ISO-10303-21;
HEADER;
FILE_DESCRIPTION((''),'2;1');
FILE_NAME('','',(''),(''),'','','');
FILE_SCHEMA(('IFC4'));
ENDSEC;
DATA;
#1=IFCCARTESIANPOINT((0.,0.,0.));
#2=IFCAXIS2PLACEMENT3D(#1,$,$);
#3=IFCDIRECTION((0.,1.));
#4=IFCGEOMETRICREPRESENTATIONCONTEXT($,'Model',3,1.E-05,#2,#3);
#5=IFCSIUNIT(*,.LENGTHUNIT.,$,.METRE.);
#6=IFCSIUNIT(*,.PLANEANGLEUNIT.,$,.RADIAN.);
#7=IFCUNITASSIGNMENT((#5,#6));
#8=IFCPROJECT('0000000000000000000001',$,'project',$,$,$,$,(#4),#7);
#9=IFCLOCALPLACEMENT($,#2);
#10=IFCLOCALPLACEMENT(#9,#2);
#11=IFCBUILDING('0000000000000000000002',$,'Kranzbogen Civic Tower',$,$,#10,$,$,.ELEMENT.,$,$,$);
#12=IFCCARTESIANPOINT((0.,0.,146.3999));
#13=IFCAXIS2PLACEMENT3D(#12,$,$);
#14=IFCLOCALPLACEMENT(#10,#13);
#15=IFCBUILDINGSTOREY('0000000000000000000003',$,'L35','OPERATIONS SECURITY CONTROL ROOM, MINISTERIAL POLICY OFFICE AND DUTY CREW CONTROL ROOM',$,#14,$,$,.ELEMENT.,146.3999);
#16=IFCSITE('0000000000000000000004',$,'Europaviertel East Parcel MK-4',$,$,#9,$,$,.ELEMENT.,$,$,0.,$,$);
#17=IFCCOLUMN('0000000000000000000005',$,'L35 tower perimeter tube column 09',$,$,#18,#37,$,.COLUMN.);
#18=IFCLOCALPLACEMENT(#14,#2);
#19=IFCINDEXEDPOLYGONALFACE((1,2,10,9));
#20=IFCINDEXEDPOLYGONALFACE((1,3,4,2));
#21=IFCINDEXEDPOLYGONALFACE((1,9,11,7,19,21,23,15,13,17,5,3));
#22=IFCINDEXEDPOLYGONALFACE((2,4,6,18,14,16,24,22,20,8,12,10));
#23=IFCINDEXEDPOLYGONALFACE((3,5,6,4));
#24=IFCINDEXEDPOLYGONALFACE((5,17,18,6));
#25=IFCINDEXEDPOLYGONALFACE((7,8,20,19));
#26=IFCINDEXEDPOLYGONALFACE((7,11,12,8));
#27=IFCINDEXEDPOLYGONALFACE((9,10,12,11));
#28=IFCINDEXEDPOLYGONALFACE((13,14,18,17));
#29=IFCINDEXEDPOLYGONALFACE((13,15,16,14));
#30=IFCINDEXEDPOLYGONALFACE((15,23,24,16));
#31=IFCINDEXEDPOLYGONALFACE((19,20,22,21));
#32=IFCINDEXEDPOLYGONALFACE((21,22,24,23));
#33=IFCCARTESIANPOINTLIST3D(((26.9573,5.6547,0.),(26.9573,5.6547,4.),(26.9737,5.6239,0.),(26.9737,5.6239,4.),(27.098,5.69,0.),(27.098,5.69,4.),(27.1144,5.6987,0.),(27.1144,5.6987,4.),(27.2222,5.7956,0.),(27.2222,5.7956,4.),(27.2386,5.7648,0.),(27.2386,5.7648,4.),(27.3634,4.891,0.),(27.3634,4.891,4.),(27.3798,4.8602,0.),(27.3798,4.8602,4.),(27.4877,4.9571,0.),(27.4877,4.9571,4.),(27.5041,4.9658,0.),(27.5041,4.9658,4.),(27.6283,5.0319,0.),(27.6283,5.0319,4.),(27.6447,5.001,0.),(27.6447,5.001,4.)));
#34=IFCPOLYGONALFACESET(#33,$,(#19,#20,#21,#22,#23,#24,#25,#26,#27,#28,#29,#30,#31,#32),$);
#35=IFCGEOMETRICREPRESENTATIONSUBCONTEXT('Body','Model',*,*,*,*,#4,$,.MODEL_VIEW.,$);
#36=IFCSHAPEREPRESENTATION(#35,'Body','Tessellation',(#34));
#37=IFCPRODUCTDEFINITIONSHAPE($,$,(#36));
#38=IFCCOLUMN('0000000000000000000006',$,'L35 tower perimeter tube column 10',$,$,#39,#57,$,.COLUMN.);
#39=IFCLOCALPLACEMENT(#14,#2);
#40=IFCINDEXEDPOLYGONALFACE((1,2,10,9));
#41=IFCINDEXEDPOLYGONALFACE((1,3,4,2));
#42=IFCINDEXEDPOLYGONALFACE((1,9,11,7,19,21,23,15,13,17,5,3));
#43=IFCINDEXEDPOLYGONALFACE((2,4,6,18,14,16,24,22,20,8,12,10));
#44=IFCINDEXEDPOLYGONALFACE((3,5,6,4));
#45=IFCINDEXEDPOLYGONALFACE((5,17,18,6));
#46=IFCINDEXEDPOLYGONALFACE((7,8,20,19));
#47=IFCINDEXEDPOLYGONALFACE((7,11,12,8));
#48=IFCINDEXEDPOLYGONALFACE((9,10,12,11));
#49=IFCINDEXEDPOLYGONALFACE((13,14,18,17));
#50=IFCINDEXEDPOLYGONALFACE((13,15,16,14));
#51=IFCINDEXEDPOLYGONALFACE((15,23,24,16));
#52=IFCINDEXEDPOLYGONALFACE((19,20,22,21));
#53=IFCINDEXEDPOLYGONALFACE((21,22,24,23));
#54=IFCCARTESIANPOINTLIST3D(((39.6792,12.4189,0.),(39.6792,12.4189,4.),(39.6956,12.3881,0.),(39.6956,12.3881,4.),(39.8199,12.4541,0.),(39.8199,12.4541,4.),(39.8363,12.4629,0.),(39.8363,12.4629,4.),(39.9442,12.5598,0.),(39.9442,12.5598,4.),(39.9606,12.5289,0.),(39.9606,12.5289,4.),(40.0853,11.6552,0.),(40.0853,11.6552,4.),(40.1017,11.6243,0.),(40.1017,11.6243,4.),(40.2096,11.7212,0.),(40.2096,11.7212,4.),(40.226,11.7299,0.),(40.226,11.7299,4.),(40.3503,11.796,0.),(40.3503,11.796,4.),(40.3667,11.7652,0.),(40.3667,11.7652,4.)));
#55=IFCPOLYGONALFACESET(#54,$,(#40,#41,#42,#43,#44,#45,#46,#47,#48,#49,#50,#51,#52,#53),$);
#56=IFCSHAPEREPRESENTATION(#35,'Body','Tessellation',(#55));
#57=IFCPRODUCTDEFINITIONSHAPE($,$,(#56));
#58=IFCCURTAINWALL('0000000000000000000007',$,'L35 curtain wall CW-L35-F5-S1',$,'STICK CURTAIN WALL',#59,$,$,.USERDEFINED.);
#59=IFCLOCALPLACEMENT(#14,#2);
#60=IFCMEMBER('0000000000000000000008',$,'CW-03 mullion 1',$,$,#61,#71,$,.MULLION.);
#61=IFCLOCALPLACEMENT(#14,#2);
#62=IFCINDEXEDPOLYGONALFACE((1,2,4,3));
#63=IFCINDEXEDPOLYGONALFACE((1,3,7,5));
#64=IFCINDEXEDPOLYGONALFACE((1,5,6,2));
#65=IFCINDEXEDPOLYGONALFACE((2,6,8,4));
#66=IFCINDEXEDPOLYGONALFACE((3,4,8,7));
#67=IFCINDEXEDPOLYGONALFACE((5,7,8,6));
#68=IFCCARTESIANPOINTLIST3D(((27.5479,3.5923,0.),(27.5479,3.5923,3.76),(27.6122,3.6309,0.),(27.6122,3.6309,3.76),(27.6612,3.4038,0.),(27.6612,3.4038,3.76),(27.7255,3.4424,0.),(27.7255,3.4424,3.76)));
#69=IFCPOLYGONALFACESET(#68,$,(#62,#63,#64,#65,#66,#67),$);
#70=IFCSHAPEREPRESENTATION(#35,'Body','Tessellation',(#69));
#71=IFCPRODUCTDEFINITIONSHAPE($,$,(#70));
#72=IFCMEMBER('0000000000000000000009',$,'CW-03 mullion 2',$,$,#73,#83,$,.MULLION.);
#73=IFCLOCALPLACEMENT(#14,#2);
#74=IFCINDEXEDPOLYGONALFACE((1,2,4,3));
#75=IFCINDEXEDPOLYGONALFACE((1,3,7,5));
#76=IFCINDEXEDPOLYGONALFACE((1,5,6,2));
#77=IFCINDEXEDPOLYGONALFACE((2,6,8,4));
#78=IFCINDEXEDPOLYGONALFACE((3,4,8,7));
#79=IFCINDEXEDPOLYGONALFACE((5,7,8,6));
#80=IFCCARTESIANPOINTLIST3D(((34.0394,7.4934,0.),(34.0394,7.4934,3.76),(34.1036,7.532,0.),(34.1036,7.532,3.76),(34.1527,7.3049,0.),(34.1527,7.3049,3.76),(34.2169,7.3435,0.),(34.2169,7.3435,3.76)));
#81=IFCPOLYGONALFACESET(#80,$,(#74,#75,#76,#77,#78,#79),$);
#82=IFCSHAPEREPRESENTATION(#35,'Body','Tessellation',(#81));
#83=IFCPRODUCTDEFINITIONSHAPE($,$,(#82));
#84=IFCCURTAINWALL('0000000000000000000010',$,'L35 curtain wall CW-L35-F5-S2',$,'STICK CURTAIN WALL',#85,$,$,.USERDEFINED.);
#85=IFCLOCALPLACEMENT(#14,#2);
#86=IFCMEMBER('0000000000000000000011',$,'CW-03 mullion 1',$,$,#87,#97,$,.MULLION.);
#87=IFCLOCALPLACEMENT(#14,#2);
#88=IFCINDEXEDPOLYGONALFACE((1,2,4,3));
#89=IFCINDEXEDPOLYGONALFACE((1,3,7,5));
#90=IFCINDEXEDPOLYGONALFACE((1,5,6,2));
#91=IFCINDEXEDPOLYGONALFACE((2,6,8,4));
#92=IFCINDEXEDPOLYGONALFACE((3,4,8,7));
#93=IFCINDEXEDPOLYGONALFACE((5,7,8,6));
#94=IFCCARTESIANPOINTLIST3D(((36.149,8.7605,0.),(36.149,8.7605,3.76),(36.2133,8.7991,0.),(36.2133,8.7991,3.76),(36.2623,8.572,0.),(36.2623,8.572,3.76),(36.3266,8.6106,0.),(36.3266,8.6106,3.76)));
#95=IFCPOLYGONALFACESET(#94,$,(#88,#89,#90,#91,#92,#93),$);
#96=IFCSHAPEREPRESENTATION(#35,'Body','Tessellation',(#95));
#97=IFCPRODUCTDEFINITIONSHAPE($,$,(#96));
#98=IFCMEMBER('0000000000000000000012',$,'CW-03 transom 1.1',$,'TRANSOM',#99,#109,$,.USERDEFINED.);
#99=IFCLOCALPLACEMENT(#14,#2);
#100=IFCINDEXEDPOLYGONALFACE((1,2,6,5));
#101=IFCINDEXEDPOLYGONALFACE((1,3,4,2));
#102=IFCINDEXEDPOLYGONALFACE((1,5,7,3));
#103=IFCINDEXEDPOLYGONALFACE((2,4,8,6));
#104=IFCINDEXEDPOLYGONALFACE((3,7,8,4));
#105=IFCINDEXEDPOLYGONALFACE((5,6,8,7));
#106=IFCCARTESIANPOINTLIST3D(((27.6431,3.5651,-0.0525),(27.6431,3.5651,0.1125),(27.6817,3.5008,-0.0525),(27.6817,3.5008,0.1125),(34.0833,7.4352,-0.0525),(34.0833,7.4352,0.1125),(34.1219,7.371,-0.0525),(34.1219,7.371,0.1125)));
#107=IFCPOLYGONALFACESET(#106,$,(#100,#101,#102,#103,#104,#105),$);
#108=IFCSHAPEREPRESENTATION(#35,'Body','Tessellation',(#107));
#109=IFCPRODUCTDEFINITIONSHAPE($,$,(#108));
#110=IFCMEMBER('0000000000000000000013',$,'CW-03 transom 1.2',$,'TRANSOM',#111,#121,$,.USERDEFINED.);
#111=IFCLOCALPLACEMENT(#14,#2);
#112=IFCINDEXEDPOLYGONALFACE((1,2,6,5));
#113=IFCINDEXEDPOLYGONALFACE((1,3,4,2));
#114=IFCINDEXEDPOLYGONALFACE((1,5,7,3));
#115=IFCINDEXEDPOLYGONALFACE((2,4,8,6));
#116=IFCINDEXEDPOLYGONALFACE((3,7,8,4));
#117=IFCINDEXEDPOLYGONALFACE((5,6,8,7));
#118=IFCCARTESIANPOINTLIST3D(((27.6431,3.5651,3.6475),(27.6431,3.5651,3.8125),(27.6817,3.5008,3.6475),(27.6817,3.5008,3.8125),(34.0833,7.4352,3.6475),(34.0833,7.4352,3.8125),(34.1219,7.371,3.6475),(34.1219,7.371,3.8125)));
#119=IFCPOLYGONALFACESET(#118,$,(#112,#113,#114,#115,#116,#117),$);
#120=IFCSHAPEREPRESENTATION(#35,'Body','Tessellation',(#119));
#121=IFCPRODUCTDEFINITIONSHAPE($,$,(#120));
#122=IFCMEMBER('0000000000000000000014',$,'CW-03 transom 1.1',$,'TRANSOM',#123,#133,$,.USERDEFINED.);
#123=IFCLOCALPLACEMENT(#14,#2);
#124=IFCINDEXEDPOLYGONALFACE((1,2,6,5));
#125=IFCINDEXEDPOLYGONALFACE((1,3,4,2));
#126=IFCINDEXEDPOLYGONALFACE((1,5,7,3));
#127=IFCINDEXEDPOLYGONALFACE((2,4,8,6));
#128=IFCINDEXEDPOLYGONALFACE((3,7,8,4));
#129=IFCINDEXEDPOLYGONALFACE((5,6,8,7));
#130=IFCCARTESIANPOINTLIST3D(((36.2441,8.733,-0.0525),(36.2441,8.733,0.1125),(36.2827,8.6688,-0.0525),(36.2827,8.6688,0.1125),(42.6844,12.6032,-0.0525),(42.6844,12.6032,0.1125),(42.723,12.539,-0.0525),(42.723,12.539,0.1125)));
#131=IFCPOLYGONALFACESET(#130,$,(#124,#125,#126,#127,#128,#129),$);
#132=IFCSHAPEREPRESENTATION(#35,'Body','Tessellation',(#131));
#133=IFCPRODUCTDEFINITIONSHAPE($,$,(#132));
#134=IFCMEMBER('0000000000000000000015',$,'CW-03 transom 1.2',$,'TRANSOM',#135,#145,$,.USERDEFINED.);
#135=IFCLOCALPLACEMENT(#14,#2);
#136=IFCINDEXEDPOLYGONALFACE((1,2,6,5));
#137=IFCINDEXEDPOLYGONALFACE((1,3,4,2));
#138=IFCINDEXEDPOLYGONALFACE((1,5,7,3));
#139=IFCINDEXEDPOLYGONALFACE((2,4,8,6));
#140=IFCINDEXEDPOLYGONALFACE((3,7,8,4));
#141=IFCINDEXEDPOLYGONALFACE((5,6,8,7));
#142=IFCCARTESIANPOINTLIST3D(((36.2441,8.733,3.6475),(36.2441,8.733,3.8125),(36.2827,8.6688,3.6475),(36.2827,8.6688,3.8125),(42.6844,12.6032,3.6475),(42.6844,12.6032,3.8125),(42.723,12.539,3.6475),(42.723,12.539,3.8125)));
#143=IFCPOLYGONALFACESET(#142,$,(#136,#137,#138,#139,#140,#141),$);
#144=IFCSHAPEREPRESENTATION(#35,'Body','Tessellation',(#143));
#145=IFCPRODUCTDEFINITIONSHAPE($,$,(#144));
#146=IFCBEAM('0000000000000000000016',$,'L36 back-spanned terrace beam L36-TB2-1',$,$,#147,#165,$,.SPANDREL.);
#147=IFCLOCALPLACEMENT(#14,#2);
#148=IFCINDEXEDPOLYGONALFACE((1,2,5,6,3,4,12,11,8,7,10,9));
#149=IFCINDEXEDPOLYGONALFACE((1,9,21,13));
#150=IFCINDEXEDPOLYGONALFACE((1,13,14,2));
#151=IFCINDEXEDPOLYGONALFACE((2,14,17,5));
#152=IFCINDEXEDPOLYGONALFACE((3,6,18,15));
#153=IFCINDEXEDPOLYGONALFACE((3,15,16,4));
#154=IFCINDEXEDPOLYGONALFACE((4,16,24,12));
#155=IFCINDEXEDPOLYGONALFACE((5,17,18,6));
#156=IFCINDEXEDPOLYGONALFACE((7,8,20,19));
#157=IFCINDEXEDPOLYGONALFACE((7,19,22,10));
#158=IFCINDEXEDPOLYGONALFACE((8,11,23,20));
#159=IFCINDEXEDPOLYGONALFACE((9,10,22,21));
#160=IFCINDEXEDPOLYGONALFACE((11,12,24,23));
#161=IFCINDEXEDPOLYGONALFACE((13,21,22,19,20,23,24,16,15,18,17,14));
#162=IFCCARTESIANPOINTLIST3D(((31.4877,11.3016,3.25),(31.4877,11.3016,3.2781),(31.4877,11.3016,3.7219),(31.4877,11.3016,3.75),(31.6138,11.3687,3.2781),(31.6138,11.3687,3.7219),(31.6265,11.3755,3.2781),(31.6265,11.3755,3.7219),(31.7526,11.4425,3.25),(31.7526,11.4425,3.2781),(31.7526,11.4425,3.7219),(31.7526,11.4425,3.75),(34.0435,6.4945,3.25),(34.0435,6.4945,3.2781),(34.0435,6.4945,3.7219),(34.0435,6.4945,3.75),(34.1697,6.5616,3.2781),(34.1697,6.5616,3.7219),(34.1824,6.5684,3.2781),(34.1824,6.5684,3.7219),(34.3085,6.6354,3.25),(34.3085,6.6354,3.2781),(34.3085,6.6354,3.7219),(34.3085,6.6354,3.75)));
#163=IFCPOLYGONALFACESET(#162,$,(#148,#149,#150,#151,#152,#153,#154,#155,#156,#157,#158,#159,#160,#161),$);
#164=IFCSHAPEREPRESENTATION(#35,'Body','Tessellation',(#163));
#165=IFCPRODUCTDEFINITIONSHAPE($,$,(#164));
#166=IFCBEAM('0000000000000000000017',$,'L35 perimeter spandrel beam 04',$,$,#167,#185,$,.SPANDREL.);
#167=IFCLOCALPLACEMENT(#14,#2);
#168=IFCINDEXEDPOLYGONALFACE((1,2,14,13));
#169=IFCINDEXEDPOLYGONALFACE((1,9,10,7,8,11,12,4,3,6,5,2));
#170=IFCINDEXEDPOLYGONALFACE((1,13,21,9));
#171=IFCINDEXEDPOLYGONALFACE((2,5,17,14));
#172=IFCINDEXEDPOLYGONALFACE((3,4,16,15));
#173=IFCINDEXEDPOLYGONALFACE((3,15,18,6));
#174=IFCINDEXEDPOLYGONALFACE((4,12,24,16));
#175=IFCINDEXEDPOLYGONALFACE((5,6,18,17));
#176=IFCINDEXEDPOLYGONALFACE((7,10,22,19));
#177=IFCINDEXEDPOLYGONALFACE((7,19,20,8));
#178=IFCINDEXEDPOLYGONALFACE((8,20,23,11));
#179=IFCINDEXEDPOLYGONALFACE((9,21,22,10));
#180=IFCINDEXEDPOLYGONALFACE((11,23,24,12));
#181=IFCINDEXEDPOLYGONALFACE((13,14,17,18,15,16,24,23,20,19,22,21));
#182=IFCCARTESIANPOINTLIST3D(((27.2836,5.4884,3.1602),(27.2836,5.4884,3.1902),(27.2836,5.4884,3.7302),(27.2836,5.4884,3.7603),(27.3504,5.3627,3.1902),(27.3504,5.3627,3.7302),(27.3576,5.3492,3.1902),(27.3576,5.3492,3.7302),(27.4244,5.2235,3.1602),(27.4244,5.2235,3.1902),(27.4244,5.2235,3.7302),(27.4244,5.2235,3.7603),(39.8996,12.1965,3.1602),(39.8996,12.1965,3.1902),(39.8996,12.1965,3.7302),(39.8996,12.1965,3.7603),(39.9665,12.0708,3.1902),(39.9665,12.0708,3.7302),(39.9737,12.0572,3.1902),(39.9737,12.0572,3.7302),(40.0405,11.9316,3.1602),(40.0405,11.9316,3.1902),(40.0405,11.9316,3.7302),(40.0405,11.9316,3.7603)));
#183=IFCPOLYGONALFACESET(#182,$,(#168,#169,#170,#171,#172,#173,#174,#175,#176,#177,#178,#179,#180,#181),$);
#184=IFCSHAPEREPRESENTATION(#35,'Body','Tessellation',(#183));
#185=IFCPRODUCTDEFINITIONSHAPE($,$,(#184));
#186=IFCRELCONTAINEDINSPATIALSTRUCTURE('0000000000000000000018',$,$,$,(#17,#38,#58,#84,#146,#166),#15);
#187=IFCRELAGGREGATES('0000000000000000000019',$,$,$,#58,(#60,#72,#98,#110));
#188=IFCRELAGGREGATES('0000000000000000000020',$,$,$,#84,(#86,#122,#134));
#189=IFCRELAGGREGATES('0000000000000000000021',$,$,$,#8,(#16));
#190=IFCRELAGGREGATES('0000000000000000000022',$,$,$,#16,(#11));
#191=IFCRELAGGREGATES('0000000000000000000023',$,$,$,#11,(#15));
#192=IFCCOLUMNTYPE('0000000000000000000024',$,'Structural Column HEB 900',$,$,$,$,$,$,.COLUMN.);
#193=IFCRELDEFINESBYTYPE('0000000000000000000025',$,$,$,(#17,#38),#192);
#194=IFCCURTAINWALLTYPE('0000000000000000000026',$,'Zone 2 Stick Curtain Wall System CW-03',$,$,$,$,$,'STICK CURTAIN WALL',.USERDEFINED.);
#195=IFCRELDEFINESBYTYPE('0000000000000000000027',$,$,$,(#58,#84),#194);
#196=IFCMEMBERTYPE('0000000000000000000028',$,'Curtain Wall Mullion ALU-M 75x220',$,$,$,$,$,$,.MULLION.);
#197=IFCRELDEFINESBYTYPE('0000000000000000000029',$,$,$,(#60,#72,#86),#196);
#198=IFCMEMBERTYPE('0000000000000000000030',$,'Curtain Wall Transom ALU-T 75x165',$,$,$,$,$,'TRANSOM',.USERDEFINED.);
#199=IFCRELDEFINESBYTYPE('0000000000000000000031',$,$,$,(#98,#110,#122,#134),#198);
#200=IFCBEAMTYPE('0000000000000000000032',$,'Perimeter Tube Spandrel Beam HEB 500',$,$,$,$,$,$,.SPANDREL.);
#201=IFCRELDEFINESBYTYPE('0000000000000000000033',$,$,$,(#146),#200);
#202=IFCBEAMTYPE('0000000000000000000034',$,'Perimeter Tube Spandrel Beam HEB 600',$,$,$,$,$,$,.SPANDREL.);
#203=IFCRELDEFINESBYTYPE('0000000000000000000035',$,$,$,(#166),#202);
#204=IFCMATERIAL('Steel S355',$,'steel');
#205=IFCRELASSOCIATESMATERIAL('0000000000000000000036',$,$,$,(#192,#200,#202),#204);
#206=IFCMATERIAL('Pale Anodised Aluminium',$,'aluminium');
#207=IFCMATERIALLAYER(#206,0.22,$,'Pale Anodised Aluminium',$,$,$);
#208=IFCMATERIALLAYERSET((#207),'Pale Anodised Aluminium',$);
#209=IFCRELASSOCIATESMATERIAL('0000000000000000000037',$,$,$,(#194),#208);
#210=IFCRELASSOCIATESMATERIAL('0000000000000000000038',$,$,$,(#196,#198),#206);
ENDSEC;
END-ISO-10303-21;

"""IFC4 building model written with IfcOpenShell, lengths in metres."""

from ifc_helpers import new_model, si_unit, direction, frame, origin, origin_2d, place, context, subcontext, project, spatial, rectangle, i_section, extrude, material, layer, layer_set, material_profile, profile_set, type_object, element, aggregate, save


model = new_model("IFC4")

# Units and contexts
model_context = context("Model", 3, precision=1e-05, world=origin(), true_north=direction((0.0, 1.0)))
body_context = subcontext(model_context, "Body", "Model", "MODEL_VIEW")
ifc_project = project(units=[si_unit("LENGTHUNIT", "METRE"), si_unit("PLANEANGLEUNIT", "RADIAN")], contexts=[model_context])

# Site, building, storey
site_placement = place(None, origin())
site = spatial("IfcSite", under=ifc_project, at=site_placement, Name="Europaviertel East Parcel MK-4", CompositionType="ELEMENT", RefElevation=0.0)
building_placement = place(site_placement, origin())
building = spatial("IfcBuilding", under=site, at=building_placement, Name="Kranzbogen Civic Tower", CompositionType="ELEMENT")
storey_placement = place(building_placement, frame((0.0, 0.0, 146.3999)))
storey = spatial("IfcBuildingStorey", under=building, at=storey_placement, Name="L35", Description="OPERATIONS SECURITY CONTROL ROOM, MINISTERIAL POLICY OFFICE AND DUTY CREW CONTROL ROOM", CompositionType="ELEMENT", Elevation=146.3999)

# Columns
ifc_material_1 = material(Name="Steel S355", Category="steel")
ifc_material_profile_1 = material_profile(ifc_material_1, i_section(OverallWidth=0.3, OverallDepth=0.8999, WebThickness=0.0186, FlangeThickness=0.0349, at=origin_2d()), Name="HEB 900")
ifc_profile_set_1 = profile_set([ifc_material_profile_1], Name="Steel S355")
column_type = type_object("IfcColumnType", Name="Structural Column HEB 900", PredefinedType="COLUMN", material=ifc_profile_set_1)
for number, where, z_axis, x_axis, name in (
    (1, (27.301, 5.3279, 0.0), (0.0, 0.0, 1.0), (0.882948, 0.469472, 0.0), "L35 tower perimeter tube column 09"),
    (2, (40.0229, 12.092, 0.0), (0.0, 0.0, 1.0), (0.882948, 0.469472, 0.0), "L35 tower perimeter tube column 10"),
):
    element("IfcColumn", number, at=place(storey_placement, frame(where, z_axis=z_axis, x_axis=x_axis)), inside=storey, type_object=column_type, Name=name, PredefinedType="COLUMN", context=body_context, shape_type="SweptSolid", body=[
        extrude(i_section(OverallWidth=0.3, OverallDepth=0.8999, WebThickness=0.0186, FlangeThickness=0.0349, at=origin_2d()), origin(), (0.0, 0.0, 1.0), 4.0),
    ])

# Curtain wall, members
ifc_material_2 = material(Name="Pale Anodised Aluminium", Category="aluminium")
ifc_layer_1 = layer(ifc_material_2, 0.22, Name="Pale Anodised Aluminium")
ifc_layer_set_1 = layer_set([ifc_layer_1], Name="Pale Anodised Aluminium")
curtain_wall_type = type_object("IfcCurtainWallType", Name="Zone 2 Stick Curtain Wall System CW-03", ElementType="STICK CURTAIN WALL", PredefinedType="USERDEFINED", material=ifc_layer_set_1)
curtain_wall_1_placement = place(storey_placement, origin())
curtain_wall_1 = element("IfcCurtainWall", 3, at=curtain_wall_1_placement, inside=storey, type_object=curtain_wall_type, Name="L35 curtain wall CW-L35-F5-S1", ObjectType="STICK CURTAIN WALL", PredefinedType="USERDEFINED")
ifc_material_profile_2 = material_profile(ifc_material_2, rectangle(XDim=0.075, YDim=0.22, at=origin_2d()), Name="ALU-M 75x220")
ifc_profile_set_2 = profile_set([ifc_material_profile_2], Name="Pale Anodised Aluminium")
member_type_1 = type_object("IfcMemberType", Name="Curtain Wall Mullion ALU-M 75x220", PredefinedType="MULLION", material=ifc_profile_set_2)
member_1_placement = place(storey_placement, frame((27.6367, 3.5173, 0.0), z_axis=(0.0, 0.0, 1.0), x_axis=(0.857134, 0.515093, 0.0)))
member_1 = element("IfcMember", 4, at=member_1_placement, type_object=member_type_1, Name="CW-03 mullion 1", PredefinedType="MULLION", context=body_context, shape_type="SweptSolid", body=[
    extrude(rectangle(XDim=0.075, YDim=0.22, at=origin_2d()), origin(), (0.0, 0.0, 1.0), 3.76),
])
member_2_placement = place(storey_placement, frame((34.1282, 7.4185, 0.0), z_axis=(0.0, 0.0, 1.0), x_axis=(0.857134, 0.515093, 0.0)))
member_2 = element("IfcMember", 5, at=member_2_placement, type_object=member_type_1, Name="CW-03 mullion 2", PredefinedType="MULLION", context=body_context, shape_type="SweptSolid", body=[
    extrude(rectangle(XDim=0.075, YDim=0.22, at=origin_2d()), origin(), (0.0, 0.0, 1.0), 3.76),
])

# Curtain wall, member
curtain_wall_2_placement = place(storey_placement, origin())
curtain_wall_2 = element("IfcCurtainWall", 6, at=curtain_wall_2_placement, inside=storey, type_object=curtain_wall_type, Name="L35 curtain wall CW-L35-F5-S2", ObjectType="STICK CURTAIN WALL", PredefinedType="USERDEFINED")
member_3_placement = place(storey_placement, frame((36.2378, 8.6855, 0.0), z_axis=(0.0, 0.0, 1.0), x_axis=(0.857134, 0.515093, 0.0)))
member_3 = element("IfcMember", 7, at=member_3_placement, type_object=member_type_1, Name="CW-03 mullion 1", PredefinedType="MULLION", context=body_context, shape_type="SweptSolid", body=[
    extrude(rectangle(XDim=0.075, YDim=0.22, at=origin_2d()), origin(), (0.0, 0.0, 1.0), 3.76),
])

# Members
ifc_material_profile_3 = material_profile(ifc_material_2, rectangle(XDim=0.075, YDim=0.165, at=origin_2d()), Name="ALU-T 75x165")
ifc_profile_set_3 = profile_set([ifc_material_profile_3], Name="Pale Anodised Aluminium")
member_type_2 = type_object("IfcMemberType", Name="Curtain Wall Transom ALU-T 75x165", ElementType="TRANSOM", PredefinedType="USERDEFINED", material=ifc_profile_set_3)
member_4_placement = place(storey_placement, frame((27.6624, 3.533, 0.03), z_axis=(0.85714, 0.515083, 0.0), x_axis=(-0.515083, 0.85714, 0.0)))
member_4 = element("IfcMember", 8, at=member_4_placement, type_object=member_type_2, Name="CW-03 transom 1.1", ObjectType="TRANSOM", PredefinedType="USERDEFINED", context=body_context, shape_type="SweptSolid", body=[
    extrude(rectangle(XDim=0.075, YDim=0.165, at=origin_2d()), origin(), (0.0, 0.0, 1.0), 7.5137),
])
member_5_placement = place(storey_placement, frame((27.6624, 3.533, 3.73), z_axis=(0.85714, 0.515083, 0.0), x_axis=(-0.515083, 0.85714, 0.0)))
member_5 = element("IfcMember", 9, at=member_5_placement, type_object=member_type_2, Name="CW-03 transom 1.2", ObjectType="TRANSOM", PredefinedType="USERDEFINED", context=body_context, shape_type="SweptSolid", body=[
    extrude(rectangle(XDim=0.075, YDim=0.165, at=origin_2d()), origin(), (0.0, 0.0, 1.0), 7.5137),
])
member_6_placement = place(storey_placement, frame((36.2634, 8.7009, 0.03), z_axis=(0.85714, 0.515083, 0.0), x_axis=(-0.515083, 0.85714, 0.0)))
member_6 = element("IfcMember", 10, at=member_6_placement, type_object=member_type_2, Name="CW-03 transom 1.1", ObjectType="TRANSOM", PredefinedType="USERDEFINED", context=body_context, shape_type="SweptSolid", body=[
    extrude(rectangle(XDim=0.075, YDim=0.165, at=origin_2d()), origin(), (0.0, 0.0, 1.0), 7.5137),
])
member_7_placement = place(storey_placement, frame((36.2634, 8.7009, 3.73), z_axis=(0.85714, 0.515083, 0.0), x_axis=(-0.515083, 0.85714, 0.0)))
member_7 = element("IfcMember", 11, at=member_7_placement, type_object=member_type_2, Name="CW-03 transom 1.2", ObjectType="TRANSOM", PredefinedType="USERDEFINED", context=body_context, shape_type="SweptSolid", body=[
    extrude(rectangle(XDim=0.075, YDim=0.165, at=origin_2d()), origin(), (0.0, 0.0, 1.0), 7.5137),
])

# Beams
ifc_material_profile_4 = material_profile(ifc_material_1, i_section(OverallWidth=0.3, OverallDepth=0.5, WebThickness=0.0144, FlangeThickness=0.0281, at=origin_2d()), Name="HEB 500")
ifc_profile_set_4 = profile_set([ifc_material_profile_4], Name="Steel S355")
beam_type_1 = type_object("IfcBeamType", Name="Perimeter Tube Spandrel Beam HEB 500", PredefinedType="SPANDREL", material=ifc_profile_set_4)
beam_1_placement = place(storey_placement, frame((31.6201, 11.3721, 3.5), z_axis=(0.469459, -0.882954, 0.0), x_axis=(0.882954, 0.469459, 0.0)))
element("IfcBeam", 12, at=beam_1_placement, inside=storey, type_object=beam_type_1, Name="L36 back-spanned terrace beam L36-TB2-1", PredefinedType="SPANDREL", context=body_context, shape_type="SweptSolid", body=[
    extrude(i_section(OverallWidth=0.3, OverallDepth=0.5, WebThickness=0.0144, FlangeThickness=0.0281, at=origin_2d()), origin(), (0.0, 0.0, 1.0), 5.4443),
])
ifc_material_profile_5 = material_profile(ifc_material_1, i_section(OverallWidth=0.3, OverallDepth=0.6001, WebThickness=0.0154, FlangeThickness=0.03, at=origin_2d()), Name="HEB 600")
ifc_profile_set_5 = profile_set([ifc_material_profile_5], Name="Steel S355")
beam_type_2 = type_object("IfcBeamType", Name="Perimeter Tube Spandrel Beam HEB 600", PredefinedType="SPANDREL", material=ifc_profile_set_5)
beam_2_placement = place(storey_placement, frame((27.354, 5.356, 3.4602), z_axis=(0.882948, 0.46947, 0.0), x_axis=(-0.46947, 0.882948, 0.0)))
element("IfcBeam", 13, at=beam_2_placement, inside=storey, type_object=beam_type_2, Name="L35 perimeter spandrel beam 04", PredefinedType="SPANDREL", context=body_context, shape_type="SweptSolid", body=[
    extrude(i_section(OverallWidth=0.3, OverallDepth=0.6001, WebThickness=0.0154, FlangeThickness=0.03, at=origin_2d()), origin(), (0.0, 0.0, 1.0), 14.2886),
])

aggregate(curtain_wall_1, [member_1, member_2, member_4, member_5])
aggregate(curtain_wall_2, [member_3, member_6, member_7])

save(model, "model.ifc")
